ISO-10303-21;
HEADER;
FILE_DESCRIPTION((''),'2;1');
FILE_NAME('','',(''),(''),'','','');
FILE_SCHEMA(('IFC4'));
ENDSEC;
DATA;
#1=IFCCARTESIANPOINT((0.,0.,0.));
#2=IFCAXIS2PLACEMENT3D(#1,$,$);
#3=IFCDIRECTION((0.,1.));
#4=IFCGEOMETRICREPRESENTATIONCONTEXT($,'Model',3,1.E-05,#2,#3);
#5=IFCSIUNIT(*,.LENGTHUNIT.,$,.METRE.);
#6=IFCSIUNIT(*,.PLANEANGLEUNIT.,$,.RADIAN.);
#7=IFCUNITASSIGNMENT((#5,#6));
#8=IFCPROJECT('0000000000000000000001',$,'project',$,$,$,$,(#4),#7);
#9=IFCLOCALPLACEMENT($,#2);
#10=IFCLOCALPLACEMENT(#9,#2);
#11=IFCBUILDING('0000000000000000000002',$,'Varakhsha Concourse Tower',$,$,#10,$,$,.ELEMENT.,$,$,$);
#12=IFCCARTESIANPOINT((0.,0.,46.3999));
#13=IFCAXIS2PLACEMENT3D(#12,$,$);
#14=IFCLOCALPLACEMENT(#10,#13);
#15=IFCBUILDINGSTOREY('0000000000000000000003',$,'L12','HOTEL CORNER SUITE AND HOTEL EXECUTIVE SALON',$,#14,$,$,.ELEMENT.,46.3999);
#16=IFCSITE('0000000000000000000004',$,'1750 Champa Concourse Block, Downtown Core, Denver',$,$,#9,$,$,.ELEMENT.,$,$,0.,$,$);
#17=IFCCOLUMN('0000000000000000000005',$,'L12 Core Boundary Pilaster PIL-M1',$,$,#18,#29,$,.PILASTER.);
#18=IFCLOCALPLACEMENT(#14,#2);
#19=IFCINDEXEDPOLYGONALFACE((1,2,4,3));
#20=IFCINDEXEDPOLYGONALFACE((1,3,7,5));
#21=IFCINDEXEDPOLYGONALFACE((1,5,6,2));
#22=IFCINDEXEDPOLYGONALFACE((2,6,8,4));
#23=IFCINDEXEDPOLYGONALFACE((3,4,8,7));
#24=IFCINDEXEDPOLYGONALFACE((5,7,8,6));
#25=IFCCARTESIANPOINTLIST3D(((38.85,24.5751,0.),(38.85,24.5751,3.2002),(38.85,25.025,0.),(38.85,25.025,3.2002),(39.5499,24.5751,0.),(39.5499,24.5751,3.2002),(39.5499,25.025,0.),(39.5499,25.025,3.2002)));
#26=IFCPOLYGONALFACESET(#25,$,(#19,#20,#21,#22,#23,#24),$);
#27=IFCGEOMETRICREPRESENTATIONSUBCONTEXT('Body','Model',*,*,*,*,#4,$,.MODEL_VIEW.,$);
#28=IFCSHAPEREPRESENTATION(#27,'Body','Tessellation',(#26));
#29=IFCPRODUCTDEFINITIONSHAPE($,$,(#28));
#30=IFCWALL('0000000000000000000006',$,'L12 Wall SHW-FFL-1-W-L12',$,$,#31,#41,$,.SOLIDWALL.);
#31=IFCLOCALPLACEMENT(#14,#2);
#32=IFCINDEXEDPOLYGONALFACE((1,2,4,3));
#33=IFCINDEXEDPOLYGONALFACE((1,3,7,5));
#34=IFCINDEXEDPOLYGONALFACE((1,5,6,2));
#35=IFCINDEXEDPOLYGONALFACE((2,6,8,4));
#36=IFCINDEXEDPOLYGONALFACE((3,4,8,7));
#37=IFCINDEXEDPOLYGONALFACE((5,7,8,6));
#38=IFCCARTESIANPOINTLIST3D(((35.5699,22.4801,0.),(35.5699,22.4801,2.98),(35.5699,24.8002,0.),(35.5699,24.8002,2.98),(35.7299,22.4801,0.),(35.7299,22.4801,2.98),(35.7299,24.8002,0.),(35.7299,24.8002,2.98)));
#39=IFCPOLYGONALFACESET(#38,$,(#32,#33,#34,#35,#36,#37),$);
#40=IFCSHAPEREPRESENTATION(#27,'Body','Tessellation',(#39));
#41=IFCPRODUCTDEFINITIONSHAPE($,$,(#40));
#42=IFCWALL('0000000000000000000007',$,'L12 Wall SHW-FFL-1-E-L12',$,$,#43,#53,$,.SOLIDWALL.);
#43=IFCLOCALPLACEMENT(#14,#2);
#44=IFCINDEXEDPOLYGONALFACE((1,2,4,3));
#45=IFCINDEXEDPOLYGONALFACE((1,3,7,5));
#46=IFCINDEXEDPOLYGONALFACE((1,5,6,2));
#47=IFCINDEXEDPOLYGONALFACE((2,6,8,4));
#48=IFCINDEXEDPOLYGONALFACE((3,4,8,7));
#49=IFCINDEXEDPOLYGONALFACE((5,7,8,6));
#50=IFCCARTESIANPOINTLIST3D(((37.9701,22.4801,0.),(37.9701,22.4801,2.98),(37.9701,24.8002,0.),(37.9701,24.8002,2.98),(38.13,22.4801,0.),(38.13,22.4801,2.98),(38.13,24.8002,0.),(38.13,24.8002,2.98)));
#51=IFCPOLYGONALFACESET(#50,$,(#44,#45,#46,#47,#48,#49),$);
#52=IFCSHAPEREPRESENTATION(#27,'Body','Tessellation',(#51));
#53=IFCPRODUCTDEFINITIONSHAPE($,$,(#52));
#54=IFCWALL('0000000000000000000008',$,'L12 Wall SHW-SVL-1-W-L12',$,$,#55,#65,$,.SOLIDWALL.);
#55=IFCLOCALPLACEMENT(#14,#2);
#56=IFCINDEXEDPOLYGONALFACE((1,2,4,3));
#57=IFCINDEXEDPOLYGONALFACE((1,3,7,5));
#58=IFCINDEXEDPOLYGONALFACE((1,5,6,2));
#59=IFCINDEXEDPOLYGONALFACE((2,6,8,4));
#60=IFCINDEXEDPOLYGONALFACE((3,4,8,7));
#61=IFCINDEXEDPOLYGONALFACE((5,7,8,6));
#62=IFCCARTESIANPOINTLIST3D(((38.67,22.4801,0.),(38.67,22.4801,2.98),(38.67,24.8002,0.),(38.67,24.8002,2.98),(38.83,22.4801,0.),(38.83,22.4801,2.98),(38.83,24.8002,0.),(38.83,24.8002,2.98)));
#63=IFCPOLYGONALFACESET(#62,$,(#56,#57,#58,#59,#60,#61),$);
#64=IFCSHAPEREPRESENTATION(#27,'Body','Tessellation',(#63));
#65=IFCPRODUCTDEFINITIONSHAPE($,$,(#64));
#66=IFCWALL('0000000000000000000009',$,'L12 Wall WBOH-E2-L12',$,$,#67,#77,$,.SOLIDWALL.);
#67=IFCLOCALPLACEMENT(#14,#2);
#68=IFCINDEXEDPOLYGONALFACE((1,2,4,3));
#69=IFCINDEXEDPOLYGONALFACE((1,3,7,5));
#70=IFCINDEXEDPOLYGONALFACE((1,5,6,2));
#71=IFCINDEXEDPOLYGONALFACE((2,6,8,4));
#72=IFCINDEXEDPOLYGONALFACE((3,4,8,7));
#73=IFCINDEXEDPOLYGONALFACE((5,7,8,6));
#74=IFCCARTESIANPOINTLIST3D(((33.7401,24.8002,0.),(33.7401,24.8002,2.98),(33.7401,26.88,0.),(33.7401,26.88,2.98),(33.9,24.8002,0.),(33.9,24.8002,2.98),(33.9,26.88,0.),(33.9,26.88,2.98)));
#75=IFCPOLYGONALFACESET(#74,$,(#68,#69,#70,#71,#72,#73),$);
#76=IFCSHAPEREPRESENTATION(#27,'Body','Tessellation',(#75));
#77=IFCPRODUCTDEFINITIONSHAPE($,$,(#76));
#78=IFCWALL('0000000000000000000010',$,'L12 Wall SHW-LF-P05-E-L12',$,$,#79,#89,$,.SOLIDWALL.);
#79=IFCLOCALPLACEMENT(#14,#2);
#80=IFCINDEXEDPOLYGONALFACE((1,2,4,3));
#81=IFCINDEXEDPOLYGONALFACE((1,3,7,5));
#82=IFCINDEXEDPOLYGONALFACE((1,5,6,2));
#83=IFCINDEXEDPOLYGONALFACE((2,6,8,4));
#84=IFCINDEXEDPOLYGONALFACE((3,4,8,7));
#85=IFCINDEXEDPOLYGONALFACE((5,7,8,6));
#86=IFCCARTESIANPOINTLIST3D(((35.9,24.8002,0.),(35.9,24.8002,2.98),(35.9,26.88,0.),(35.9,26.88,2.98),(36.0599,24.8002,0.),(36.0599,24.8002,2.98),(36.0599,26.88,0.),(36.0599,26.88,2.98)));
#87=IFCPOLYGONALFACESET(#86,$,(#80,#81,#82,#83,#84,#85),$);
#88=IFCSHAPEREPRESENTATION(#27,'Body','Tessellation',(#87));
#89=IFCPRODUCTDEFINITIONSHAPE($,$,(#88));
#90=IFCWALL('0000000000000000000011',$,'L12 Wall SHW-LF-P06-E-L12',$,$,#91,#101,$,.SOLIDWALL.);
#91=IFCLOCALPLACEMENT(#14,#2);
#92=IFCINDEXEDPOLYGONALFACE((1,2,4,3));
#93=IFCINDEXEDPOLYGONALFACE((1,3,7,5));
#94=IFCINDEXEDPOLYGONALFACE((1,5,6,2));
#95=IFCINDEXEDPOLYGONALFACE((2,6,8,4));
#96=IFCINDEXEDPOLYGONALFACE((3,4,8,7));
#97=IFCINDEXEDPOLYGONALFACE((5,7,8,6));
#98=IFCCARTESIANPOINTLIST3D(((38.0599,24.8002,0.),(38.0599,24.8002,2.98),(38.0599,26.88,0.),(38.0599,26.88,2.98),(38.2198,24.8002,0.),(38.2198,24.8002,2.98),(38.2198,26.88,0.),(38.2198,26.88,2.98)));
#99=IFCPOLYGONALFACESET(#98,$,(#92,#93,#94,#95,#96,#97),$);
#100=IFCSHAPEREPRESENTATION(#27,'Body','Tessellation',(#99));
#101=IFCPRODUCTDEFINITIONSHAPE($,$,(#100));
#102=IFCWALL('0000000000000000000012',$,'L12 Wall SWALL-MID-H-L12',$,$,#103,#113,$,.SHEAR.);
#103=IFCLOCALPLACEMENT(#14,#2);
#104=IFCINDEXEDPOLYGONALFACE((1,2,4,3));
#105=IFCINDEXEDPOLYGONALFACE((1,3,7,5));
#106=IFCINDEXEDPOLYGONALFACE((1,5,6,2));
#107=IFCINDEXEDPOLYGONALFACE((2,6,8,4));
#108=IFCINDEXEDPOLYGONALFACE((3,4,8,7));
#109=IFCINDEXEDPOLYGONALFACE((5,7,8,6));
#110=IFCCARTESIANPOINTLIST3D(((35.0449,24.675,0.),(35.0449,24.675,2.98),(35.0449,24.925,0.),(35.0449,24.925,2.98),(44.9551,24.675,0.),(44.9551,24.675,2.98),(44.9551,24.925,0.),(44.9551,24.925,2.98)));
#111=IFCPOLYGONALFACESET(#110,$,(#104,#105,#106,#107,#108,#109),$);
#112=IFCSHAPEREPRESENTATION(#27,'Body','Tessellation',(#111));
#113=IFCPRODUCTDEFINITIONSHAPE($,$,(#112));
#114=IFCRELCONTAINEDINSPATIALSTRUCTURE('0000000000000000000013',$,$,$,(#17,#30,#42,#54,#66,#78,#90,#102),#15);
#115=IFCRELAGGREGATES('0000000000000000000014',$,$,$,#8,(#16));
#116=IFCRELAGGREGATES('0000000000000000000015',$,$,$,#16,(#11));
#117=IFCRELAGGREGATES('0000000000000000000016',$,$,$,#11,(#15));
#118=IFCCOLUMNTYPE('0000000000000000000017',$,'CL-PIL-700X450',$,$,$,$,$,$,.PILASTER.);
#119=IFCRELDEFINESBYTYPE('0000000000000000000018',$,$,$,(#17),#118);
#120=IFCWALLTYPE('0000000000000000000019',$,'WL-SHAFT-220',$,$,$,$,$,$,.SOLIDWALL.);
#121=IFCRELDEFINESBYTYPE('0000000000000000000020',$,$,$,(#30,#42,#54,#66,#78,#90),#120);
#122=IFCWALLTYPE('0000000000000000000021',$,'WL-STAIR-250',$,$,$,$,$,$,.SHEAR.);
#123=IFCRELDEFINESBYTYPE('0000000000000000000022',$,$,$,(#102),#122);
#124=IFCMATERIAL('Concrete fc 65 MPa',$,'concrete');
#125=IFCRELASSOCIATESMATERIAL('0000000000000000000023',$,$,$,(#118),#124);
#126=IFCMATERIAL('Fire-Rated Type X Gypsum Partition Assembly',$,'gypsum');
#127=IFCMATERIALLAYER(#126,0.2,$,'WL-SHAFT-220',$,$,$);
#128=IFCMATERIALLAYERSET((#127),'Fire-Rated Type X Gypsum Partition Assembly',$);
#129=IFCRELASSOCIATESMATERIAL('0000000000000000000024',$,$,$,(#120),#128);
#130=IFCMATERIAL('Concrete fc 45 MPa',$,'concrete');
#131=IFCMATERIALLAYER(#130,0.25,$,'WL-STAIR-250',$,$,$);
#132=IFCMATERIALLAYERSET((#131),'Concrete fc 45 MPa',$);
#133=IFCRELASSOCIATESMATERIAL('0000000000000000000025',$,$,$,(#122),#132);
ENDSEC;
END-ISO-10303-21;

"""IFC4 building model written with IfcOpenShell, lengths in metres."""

from ifc_helpers import new_model, si_unit, direction, frame, frame_2d, origin, origin_2d, place, context, subcontext, project, spatial, rectangle, extrude, material, layer, layer_set, material_profile, profile_set, type_object, element, save


model = new_model("IFC4")

# Units and contexts
model_context = context("Model", 3, precision=1e-05, world=origin(), true_north=direction((0.0, 1.0)))
body_context = subcontext(model_context, "Body", "Model", "MODEL_VIEW")
ifc_project = project(units=[si_unit("LENGTHUNIT", "METRE"), si_unit("PLANEANGLEUNIT", "RADIAN")], contexts=[model_context])

# Site, building, storey
site_placement = place(None, origin())
site = spatial("IfcSite", under=ifc_project, at=site_placement, Name="1750 Champa Concourse Block, Downtown Core, Denver", CompositionType="ELEMENT", RefElevation=0.0)
building_placement = place(site_placement, origin())
building = spatial("IfcBuilding", under=site, at=building_placement, Name="Varakhsha Concourse Tower", CompositionType="ELEMENT")
storey_placement = place(building_placement, frame((0.0, 0.0, 46.3999)))
storey = spatial("IfcBuildingStorey", under=building, at=storey_placement, Name="L12", Description="HOTEL CORNER SUITE AND HOTEL EXECUTIVE SALON", CompositionType="ELEMENT", Elevation=46.3999)

# Column
ifc_material_1 = material(Name="Concrete fc 65 MPa", Category="concrete")
ifc_material_profile = material_profile(ifc_material_1, rectangle(XDim=0.7, YDim=0.45, at=origin_2d()), Name="RC 700x450")
ifc_profile_set = profile_set([ifc_material_profile], Name="Concrete fc 65 MPa")
column_type = type_object("IfcColumnType", Name="CL-PIL-700X450", PredefinedType="PILASTER", material=ifc_profile_set)
column_placement = place(storey_placement, frame((39.2, 24.8, 0.0), z_axis=(0.0, 0.0, 1.0), x_axis=(1.0, 0.0, 0.0)))
element("IfcColumn", 1, at=column_placement, inside=storey, type_object=column_type, Name="L12 Core Boundary Pilaster PIL-M1", PredefinedType="PILASTER", context=body_context, shape_type="SweptSolid", body=[
    extrude(rectangle(XDim=0.7, YDim=0.45, at=origin_2d()), origin(), (0.0, 0.0, 1.0), 3.2002),
])

# Shared definitions
ifc_material_2 = material(Name="Fire-Rated Type X Gypsum Partition Assembly", Category="gypsum")
ifc_layer_1 = layer(ifc_material_2, 0.2, Name="WL-SHAFT-220")
ifc_layer_set_1 = layer_set([ifc_layer_1], Name="Fire-Rated Type X Gypsum Partition Assembly")
wall_type_1 = type_object("IfcWallType", Name="WL-SHAFT-220", PredefinedType="SOLIDWALL", material=ifc_layer_set_1)

# Walls
for number, where, z_axis, x_axis, name in (
    (2, (35.6499, 22.48, 0.0), (0.0, 0.0, 1.0), (0.0, 1.0, 0.0), "L12 Wall SHW-FFL-1-W-L12"),
    (3, (38.05, 22.48, 0.0), (0.0, 0.0, 1.0), (0.0, 1.0, 0.0), "L12 Wall SHW-FFL-1-E-L12"),
    (4, (38.75, 22.48, 0.0), (0.0, 0.0, 1.0), (0.0, 1.0, 0.0), "L12 Wall SHW-SVL-1-W-L12"),
):
    element("IfcWall", number, at=place(storey_placement, frame(where, z_axis=z_axis, x_axis=x_axis)), inside=storey, type_object=wall_type_1, Name=name, PredefinedType="SOLIDWALL", context=body_context, shape_type="SweptSolid", body=[
        extrude(rectangle(XDim=2.3201, YDim=0.1599, at=frame_2d((1.1602, 0.0))), origin(), (0.0, 0.0, 1.0), 2.98),
    ])

# Walls
for number, where, z_axis, x_axis, name in (
    (5, (33.8201, 24.8, 0.0), (0.0, 0.0, 1.0), (0.0, 1.0, 0.0), "L12 Wall WBOH-E2-L12"),
    (6, (35.98, 24.8, 0.0), (0.0, 0.0, 1.0), (0.0, 1.0, 0.0), "L12 Wall SHW-LF-P05-E-L12"),
    (7, (38.1399, 24.8, 0.0), (0.0, 0.0, 1.0), (0.0, 1.0, 0.0), "L12 Wall SHW-LF-P06-E-L12"),
):
    element("IfcWall", number, at=place(storey_placement, frame(where, z_axis=z_axis, x_axis=x_axis)), inside=storey, type_object=wall_type_1, Name=name, PredefinedType="SOLIDWALL", context=body_context, shape_type="SweptSolid", body=[
        extrude(rectangle(XDim=2.0798, YDim=0.1599, at=frame_2d((1.04, 0.0))), origin(), (0.0, 0.0, 1.0), 2.98),
    ])
ifc_material_3 = material(Name="Concrete fc 45 MPa", Category="concrete")
ifc_layer_2 = layer(ifc_material_3, 0.25, Name="WL-STAIR-250")
ifc_layer_set_2 = layer_set([ifc_layer_2], Name="Concrete fc 45 MPa")
wall_type_2 = type_object("IfcWallType", Name="WL-STAIR-250", PredefinedType="SHEAR", material=ifc_layer_set_2)
wall_1_placement = place(storey_placement, frame((35.0449, 24.8, 0.0), z_axis=(0.0, 0.0, 1.0), x_axis=(1.0, 0.0, 0.0)))
element("IfcWall", 8, at=wall_1_placement, inside=storey, type_object=wall_type_2, Name="L12 Wall SWALL-MID-H-L12", PredefinedType="SHEAR", context=body_context, shape_type="SweptSolid", body=[
    extrude(rectangle(XDim=9.9102, YDim=0.25, at=frame_2d((4.9551, 0.0))), origin(), (0.0, 0.0, 1.0), 2.98),
])

save(model, "model.ifc")
